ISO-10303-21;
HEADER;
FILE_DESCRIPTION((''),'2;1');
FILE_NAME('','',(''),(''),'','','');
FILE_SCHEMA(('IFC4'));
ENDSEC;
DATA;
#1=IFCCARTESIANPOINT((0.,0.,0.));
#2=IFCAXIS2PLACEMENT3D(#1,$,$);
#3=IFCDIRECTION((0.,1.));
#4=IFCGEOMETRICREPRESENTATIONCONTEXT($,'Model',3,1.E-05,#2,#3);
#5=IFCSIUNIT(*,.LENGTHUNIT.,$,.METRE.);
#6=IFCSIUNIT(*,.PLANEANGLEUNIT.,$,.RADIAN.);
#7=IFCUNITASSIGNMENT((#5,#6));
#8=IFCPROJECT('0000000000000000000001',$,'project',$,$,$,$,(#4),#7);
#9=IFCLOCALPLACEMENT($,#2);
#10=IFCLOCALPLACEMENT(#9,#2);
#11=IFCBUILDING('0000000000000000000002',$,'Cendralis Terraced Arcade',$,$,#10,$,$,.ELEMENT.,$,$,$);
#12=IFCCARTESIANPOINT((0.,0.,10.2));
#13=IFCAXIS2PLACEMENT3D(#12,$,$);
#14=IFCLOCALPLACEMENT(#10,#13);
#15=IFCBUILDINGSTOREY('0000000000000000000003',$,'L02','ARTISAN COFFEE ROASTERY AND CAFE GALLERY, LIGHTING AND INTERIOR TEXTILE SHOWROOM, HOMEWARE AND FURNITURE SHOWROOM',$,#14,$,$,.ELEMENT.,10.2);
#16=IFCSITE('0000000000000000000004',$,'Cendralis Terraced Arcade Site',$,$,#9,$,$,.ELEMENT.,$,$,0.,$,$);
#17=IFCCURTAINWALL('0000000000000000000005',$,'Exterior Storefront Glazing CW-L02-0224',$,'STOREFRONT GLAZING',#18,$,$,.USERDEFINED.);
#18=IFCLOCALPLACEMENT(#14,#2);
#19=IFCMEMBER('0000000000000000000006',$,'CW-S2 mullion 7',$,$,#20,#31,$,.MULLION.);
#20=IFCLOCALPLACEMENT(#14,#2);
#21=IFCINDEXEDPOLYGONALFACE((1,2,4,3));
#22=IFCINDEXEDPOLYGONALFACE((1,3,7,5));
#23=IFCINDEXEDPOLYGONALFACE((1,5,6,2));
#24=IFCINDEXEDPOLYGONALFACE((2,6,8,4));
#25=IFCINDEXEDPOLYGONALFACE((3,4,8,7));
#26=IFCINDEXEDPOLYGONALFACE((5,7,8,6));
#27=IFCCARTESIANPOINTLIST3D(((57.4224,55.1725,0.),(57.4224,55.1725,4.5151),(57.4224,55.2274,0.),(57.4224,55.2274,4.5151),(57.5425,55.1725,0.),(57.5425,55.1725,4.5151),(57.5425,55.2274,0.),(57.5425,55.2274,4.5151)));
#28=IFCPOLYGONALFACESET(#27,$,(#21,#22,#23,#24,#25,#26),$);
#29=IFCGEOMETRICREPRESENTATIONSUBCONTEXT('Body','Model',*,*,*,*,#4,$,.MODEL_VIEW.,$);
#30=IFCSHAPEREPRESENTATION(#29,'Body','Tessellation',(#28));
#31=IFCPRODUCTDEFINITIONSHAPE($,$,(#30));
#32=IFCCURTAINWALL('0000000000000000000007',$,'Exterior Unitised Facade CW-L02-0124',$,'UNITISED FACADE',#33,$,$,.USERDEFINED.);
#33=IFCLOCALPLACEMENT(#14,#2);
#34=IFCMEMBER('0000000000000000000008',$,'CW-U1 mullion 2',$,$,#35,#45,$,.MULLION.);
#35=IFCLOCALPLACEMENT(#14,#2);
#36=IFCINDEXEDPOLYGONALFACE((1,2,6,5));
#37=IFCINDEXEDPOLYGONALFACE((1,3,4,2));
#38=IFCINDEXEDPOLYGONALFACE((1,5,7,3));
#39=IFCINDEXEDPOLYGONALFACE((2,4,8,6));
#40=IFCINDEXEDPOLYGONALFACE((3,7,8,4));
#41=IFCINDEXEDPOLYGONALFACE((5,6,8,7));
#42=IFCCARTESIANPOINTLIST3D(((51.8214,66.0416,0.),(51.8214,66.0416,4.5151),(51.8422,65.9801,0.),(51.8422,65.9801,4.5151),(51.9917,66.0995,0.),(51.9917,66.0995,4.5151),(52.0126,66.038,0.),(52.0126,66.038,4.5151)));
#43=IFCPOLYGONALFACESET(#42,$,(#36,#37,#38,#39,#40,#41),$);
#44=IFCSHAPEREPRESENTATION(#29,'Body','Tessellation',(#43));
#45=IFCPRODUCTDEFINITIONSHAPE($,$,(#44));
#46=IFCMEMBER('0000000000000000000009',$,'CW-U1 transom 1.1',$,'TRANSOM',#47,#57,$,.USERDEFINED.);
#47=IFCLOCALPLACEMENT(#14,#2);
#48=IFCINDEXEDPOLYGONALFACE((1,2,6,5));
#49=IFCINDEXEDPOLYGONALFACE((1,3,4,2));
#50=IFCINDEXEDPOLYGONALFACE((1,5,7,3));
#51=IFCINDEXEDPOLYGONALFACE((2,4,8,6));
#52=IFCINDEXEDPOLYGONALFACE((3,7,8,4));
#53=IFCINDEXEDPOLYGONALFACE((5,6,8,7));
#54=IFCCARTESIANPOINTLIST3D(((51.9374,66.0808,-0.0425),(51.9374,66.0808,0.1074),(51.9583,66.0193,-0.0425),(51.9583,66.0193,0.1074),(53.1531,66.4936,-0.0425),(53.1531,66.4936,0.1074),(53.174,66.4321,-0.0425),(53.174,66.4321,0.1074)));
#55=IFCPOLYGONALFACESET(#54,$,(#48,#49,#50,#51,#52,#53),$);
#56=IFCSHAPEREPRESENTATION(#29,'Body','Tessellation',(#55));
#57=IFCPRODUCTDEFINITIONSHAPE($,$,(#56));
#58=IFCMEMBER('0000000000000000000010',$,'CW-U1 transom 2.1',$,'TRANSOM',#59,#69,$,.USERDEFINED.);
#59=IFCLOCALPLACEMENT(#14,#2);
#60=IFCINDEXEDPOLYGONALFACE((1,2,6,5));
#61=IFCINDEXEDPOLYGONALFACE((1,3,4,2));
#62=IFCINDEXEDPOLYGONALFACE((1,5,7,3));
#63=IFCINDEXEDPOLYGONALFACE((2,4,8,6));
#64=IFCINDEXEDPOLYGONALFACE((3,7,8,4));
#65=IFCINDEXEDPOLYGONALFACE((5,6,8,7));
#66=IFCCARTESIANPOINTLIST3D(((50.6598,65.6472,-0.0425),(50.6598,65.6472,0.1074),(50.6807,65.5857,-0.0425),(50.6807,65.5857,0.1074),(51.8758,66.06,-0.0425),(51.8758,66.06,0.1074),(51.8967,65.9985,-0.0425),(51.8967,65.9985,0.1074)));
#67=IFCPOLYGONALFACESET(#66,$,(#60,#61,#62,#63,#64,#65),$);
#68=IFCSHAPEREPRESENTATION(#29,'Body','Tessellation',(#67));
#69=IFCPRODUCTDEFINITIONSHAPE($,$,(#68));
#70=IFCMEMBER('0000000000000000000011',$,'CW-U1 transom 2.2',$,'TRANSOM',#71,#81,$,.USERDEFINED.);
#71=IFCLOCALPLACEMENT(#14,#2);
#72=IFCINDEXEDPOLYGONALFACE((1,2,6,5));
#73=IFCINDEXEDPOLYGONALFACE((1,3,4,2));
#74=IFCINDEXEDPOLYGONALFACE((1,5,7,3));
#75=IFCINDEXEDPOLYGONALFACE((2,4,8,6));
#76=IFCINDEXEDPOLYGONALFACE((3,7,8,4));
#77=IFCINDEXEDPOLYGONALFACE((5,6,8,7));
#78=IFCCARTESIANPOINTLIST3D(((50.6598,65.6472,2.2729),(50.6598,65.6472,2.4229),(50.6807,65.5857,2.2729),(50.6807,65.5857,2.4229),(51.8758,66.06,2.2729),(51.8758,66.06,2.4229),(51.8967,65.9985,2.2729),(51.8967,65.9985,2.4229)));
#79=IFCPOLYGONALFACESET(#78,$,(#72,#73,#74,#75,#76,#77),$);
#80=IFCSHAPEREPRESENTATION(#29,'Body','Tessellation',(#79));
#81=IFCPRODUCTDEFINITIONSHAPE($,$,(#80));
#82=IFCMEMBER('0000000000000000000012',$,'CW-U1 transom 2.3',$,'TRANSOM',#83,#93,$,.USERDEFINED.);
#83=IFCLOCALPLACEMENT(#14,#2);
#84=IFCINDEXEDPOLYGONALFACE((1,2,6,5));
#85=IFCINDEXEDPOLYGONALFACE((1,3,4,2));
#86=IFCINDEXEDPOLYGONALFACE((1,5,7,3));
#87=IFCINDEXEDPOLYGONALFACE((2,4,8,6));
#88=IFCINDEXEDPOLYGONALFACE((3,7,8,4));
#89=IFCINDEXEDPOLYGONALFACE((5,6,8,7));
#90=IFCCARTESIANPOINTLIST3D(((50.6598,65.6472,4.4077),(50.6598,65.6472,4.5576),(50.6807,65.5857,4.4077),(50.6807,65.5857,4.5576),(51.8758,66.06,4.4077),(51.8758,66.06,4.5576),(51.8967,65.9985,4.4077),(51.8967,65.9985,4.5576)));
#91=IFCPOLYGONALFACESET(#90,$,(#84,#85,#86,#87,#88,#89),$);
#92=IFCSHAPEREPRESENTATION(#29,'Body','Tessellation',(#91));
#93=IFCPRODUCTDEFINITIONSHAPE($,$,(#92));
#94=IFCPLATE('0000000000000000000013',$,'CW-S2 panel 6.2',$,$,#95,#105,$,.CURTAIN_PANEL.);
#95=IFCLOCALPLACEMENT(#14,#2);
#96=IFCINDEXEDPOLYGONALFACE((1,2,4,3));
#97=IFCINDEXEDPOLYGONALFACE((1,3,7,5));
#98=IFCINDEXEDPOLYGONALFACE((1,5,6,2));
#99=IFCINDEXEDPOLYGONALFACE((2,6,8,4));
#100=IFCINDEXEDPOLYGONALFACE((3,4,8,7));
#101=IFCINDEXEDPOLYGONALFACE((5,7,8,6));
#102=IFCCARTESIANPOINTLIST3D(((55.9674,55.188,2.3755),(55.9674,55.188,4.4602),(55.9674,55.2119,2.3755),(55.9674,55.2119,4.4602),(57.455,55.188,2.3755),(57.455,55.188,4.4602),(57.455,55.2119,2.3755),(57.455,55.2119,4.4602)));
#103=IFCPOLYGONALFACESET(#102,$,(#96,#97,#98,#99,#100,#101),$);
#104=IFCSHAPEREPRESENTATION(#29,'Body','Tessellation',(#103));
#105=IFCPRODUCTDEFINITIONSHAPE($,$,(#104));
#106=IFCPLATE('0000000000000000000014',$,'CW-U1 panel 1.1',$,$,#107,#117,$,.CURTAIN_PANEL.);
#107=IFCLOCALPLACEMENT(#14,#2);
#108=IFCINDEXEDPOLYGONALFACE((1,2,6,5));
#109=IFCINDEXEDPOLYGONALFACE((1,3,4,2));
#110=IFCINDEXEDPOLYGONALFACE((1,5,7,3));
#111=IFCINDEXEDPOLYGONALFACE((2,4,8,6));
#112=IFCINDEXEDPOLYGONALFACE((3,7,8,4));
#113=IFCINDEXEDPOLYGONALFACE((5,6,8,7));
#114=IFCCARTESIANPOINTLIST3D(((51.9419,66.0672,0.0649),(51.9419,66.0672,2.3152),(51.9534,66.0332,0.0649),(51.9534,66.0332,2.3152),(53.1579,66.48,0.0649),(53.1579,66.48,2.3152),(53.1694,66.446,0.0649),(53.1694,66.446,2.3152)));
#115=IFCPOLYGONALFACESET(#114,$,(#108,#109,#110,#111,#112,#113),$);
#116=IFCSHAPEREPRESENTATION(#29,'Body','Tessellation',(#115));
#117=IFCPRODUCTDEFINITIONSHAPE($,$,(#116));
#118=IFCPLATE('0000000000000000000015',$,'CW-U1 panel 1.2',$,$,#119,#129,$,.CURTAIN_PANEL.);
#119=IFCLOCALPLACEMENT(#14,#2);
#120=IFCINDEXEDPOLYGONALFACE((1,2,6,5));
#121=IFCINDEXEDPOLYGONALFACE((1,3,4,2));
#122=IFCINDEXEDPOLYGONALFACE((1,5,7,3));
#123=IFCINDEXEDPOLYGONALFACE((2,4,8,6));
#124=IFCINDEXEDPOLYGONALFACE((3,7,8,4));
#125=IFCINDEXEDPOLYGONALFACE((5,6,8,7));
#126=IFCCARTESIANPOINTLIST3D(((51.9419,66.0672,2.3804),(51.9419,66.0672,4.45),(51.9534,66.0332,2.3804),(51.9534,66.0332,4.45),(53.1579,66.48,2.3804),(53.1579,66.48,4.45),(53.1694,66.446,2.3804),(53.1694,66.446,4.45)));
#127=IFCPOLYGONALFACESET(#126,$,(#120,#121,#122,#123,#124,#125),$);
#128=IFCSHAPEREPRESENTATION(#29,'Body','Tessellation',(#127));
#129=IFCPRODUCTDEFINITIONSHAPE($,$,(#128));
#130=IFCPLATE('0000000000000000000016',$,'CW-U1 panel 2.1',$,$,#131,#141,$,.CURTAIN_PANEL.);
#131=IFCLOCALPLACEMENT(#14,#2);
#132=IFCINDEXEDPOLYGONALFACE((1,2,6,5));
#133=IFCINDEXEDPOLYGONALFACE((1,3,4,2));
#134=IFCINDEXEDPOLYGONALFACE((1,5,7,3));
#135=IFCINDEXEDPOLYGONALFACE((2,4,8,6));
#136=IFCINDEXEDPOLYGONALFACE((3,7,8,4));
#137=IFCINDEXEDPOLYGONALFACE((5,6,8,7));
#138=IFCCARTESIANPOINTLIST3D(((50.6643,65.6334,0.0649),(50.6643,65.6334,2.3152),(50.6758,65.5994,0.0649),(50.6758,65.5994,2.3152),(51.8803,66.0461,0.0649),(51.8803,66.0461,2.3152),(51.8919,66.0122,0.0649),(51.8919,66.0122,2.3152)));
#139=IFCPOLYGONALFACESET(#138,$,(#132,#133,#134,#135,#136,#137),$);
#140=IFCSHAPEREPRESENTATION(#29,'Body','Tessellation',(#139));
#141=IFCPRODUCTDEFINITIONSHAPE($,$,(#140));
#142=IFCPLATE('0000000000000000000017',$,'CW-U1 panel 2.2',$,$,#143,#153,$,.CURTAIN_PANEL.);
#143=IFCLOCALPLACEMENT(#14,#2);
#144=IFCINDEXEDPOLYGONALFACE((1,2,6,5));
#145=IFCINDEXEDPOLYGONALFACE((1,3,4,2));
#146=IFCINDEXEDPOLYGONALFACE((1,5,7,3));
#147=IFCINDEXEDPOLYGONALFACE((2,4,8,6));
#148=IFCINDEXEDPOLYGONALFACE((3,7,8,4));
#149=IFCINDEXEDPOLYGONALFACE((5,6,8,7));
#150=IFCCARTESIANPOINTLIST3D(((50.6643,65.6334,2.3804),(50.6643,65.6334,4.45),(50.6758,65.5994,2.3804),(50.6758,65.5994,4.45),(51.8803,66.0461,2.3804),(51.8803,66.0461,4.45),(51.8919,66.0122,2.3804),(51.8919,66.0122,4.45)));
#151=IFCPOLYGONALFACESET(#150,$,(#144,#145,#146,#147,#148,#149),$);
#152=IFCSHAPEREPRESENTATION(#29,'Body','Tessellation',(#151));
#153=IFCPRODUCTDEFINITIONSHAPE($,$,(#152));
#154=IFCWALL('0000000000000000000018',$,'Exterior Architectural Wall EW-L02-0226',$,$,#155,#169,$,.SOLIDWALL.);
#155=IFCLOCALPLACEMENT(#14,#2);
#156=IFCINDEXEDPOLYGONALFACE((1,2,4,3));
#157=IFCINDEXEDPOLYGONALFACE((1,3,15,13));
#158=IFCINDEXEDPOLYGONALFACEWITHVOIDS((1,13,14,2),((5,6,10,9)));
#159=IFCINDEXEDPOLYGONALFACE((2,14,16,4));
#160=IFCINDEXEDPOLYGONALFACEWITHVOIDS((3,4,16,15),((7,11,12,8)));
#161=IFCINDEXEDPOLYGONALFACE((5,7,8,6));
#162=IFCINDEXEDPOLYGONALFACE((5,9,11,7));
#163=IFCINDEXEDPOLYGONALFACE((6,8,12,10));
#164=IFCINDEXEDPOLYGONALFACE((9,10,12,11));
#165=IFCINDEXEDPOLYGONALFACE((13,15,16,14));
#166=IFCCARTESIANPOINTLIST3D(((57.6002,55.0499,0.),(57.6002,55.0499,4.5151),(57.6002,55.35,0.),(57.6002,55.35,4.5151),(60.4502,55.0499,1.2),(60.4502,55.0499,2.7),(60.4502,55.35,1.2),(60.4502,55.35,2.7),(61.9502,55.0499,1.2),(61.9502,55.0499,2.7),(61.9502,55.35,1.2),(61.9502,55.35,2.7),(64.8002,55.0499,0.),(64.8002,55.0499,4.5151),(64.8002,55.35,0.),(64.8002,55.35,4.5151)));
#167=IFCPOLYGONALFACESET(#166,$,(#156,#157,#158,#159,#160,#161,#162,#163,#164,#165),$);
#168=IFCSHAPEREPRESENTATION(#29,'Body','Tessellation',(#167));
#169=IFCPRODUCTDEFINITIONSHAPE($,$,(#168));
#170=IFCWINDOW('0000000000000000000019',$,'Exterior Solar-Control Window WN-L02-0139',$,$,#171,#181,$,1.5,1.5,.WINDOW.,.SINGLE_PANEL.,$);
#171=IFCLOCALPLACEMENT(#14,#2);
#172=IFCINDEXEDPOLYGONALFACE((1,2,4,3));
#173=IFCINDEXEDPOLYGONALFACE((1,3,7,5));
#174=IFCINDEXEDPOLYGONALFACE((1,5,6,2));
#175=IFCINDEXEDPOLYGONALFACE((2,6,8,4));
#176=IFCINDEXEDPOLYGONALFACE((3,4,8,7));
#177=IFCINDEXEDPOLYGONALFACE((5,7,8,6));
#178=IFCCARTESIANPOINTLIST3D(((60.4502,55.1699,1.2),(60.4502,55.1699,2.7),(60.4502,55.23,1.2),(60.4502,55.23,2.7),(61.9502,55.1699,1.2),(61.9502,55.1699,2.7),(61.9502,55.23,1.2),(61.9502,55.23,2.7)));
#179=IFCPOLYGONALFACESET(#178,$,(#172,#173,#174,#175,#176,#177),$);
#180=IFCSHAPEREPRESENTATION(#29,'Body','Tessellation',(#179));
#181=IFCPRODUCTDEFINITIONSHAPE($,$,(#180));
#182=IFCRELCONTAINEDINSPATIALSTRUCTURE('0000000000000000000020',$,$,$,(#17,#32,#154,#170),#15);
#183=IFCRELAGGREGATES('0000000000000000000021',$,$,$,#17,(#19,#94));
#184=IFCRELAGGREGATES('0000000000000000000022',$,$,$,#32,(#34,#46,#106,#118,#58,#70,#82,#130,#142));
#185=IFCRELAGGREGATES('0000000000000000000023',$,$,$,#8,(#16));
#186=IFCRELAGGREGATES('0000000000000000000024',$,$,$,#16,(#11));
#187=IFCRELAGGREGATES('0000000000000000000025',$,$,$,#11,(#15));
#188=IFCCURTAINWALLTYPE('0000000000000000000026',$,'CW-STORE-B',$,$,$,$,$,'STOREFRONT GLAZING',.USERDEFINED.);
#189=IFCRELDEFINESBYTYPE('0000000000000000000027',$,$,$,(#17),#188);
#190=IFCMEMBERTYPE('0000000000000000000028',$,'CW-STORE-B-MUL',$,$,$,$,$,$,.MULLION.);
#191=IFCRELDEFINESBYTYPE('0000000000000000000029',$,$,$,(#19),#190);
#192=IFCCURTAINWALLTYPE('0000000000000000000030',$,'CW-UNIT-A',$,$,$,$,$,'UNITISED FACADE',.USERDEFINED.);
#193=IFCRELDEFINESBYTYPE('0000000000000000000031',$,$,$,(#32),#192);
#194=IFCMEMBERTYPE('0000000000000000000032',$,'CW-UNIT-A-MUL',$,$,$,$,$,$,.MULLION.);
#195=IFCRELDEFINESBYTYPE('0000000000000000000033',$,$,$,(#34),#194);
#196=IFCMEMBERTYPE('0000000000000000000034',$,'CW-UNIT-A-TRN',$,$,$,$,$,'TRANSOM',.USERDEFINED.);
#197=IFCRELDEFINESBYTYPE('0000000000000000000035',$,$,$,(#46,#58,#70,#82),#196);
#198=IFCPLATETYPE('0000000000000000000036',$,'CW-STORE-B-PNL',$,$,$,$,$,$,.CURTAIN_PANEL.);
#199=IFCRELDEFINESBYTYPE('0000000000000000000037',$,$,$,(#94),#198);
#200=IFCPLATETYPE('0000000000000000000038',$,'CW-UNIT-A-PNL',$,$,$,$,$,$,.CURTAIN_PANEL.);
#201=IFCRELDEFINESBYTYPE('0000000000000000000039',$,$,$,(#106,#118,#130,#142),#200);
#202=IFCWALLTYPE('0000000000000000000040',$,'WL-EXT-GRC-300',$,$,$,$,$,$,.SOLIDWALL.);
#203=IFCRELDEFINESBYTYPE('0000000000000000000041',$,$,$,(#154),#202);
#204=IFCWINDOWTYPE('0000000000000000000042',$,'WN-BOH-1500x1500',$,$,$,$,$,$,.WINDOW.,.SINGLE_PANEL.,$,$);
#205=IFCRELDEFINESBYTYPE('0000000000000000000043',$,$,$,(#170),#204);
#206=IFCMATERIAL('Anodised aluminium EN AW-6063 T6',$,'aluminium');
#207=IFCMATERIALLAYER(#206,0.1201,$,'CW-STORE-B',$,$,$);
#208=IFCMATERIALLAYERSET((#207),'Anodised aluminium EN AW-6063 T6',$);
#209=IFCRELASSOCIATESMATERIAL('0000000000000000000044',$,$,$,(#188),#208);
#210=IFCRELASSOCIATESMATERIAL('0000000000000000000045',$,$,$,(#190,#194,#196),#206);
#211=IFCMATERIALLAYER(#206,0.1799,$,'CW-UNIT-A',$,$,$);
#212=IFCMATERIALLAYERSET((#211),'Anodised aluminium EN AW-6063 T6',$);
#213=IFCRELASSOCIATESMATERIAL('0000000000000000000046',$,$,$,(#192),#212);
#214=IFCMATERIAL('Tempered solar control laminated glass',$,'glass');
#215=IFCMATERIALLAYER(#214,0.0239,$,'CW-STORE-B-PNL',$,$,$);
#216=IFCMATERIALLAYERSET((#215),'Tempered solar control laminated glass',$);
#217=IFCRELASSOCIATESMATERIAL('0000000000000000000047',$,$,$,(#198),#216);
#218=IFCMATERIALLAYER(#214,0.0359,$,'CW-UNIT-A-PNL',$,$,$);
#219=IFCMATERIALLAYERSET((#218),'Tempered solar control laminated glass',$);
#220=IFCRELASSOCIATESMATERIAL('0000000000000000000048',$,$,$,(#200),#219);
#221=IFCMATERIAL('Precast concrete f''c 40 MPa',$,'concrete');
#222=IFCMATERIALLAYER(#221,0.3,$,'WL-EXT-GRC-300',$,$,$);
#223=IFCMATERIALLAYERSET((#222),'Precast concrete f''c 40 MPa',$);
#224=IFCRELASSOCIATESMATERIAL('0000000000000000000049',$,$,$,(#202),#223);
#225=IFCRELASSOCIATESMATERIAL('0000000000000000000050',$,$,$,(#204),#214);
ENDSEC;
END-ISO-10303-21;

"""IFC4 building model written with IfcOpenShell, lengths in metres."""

from ifc_helpers import new_model, si_unit, direction, frame, frame_2d, origin, origin_2d, place, context, subcontext, project, spatial, rectangle, extrude, material, layer, layer_set, material_profile, profile_set, type_object, element, fill, aggregate, save


model = new_model("IFC4")

# Units and contexts
model_context = context("Model", 3, precision=1e-05, world=origin(), true_north=direction((0.0, 1.0)))
body_context = subcontext(model_context, "Body", "Model", "MODEL_VIEW")
ifc_project = project(units=[si_unit("LENGTHUNIT", "METRE"), si_unit("PLANEANGLEUNIT", "RADIAN")], contexts=[model_context])

# Site, building, storey
site_placement = place(None, origin())
site = spatial("IfcSite", under=ifc_project, at=site_placement, Name="Cendralis Terraced Arcade Site", CompositionType="ELEMENT", RefElevation=0.0)
building_placement = place(site_placement, origin())
building = spatial("IfcBuilding", under=site, at=building_placement, Name="Cendralis Terraced Arcade", CompositionType="ELEMENT")
storey_placement = place(building_placement, frame((0.0, 0.0, 10.2)))
storey = spatial("IfcBuildingStorey", under=building, at=storey_placement, Name="L02", Description="ARTISAN COFFEE ROASTERY AND CAFE GALLERY, LIGHTING AND INTERIOR TEXTILE SHOWROOM, HOMEWARE AND FURNITURE SHOWROOM", CompositionType="ELEMENT", Elevation=10.2)

# Curtain wall, member
ifc_material_1 = material(Name="Anodised aluminium EN AW-6063 T6", Category="aluminium")
ifc_layer_1 = layer(ifc_material_1, 0.1201, Name="CW-STORE-B")
ifc_layer_set_1 = layer_set([ifc_layer_1], Name="Anodised aluminium EN AW-6063 T6")
curtain_wall_type_1 = type_object("IfcCurtainWallType", Name="CW-STORE-B", ElementType="STOREFRONT GLAZING", PredefinedType="USERDEFINED", material=ifc_layer_set_1)
curtain_wall_1_placement = place(storey_placement, origin())
curtain_wall_1 = element("IfcCurtainWall", 1, at=curtain_wall_1_placement, inside=storey, type_object=curtain_wall_type_1, Name="Exterior Storefront Glazing CW-L02-0224", ObjectType="STOREFRONT GLAZING", PredefinedType="USERDEFINED")
ifc_material_profile_1 = material_profile(ifc_material_1, rectangle(XDim=0.0549, YDim=0.1201, at=origin_2d()), Name="ALU-MUL-55x120")
ifc_profile_set_1 = profile_set([ifc_material_profile_1], Name="Anodised aluminium EN AW-6063 T6")
member_type_1 = type_object("IfcMemberType", Name="CW-STORE-B-MUL", PredefinedType="MULLION", material=ifc_profile_set_1)
member_1_placement = place(storey_placement, frame((57.4824, 55.2, 0.0), z_axis=(0.0, 0.0, 1.0), x_axis=(0.0, 1.0, 0.0)))
member_1 = element("IfcMember", 2, at=member_1_placement, type_object=member_type_1, Name="CW-S2 mullion 7", PredefinedType="MULLION", context=body_context, shape_type="SweptSolid", body=[
    extrude(rectangle(XDim=0.0549, YDim=0.1201, at=origin_2d()), origin(), (0.0, 0.0, 1.0), 4.5151),
])

# Curtain wall, members
ifc_layer_2 = layer(ifc_material_1, 0.1799, Name="CW-UNIT-A")
ifc_layer_set_2 = layer_set([ifc_layer_2], Name="Anodised aluminium EN AW-6063 T6")
curtain_wall_type_2 = type_object("IfcCurtainWallType", Name="CW-UNIT-A", ElementType="UNITISED FACADE", PredefinedType="USERDEFINED", material=ifc_layer_set_2)
curtain_wall_2_placement = place(storey_placement, origin())
curtain_wall_2 = element("IfcCurtainWall", 3, at=curtain_wall_2_placement, inside=storey, type_object=curtain_wall_type_2, Name="Exterior Unitised Facade CW-L02-0124", ObjectType="UNITISED FACADE", PredefinedType="USERDEFINED")
ifc_material_profile_2 = material_profile(ifc_material_1, rectangle(XDim=0.0649, YDim=0.1799, at=origin_2d()), Name="ALU-MUL-65x180")
ifc_profile_set_2 = profile_set([ifc_material_profile_2], Name="Anodised aluminium EN AW-6063 T6")
member_type_2 = type_object("IfcMemberType", Name="CW-UNIT-A-MUL", PredefinedType="MULLION", material=ifc_profile_set_2)
member_2_placement = place(storey_placement, frame((51.917, 66.0398, 0.0), z_axis=(0.0, 0.0, 1.0), x_axis=(0.321434, -0.946932, 0.0)))
member_2 = element("IfcMember", 4, at=member_2_placement, type_object=member_type_2, Name="CW-U1 mullion 2", PredefinedType="MULLION", context=body_context, shape_type="SweptSolid", body=[
    extrude(rectangle(XDim=0.0649, YDim=0.1799, at=origin_2d()), origin(), (0.0, 0.0, 1.0), 4.5151),
])
ifc_material_profile_3 = material_profile(ifc_material_1, rectangle(XDim=0.0649, YDim=0.1499, at=origin_2d()), Name="ALU-TRN-65x150")
ifc_profile_set_3 = profile_set([ifc_material_profile_3], Name="Anodised aluminium EN AW-6063 T6")
member_type_3 = type_object("IfcMemberType", Name="CW-UNIT-A-TRN", ElementType="TRANSOM", PredefinedType="USERDEFINED", material=ifc_profile_set_3)
member_3_placement = place(storey_placement, frame((53.1636, 66.4629, 0.0325), z_axis=(-0.9469, -0.321528, 0.0), x_axis=(0.321528, -0.9469, 0.0)))
member_3 = element("IfcMember", 5, at=member_3_placement, type_object=member_type_3, Name="CW-U1 transom 1.1", ObjectType="TRANSOM", PredefinedType="USERDEFINED", context=body_context, shape_type="SweptSolid", body=[
    extrude(rectangle(XDim=0.0649, YDim=0.1499, at=origin_2d()), origin(), (0.0, 0.0, 1.0), 1.2839),
])
member_4_placement = place(storey_placement, frame((51.8862, 66.0293, 0.0325), z_axis=(-0.94692, -0.32147, 0.0), x_axis=(0.32147, -0.94692, 0.0)))
member_4 = element("IfcMember", 6, at=member_4_placement, type_object=member_type_3, Name="CW-U1 transom 2.1", ObjectType="TRANSOM", PredefinedType="USERDEFINED", context=body_context, shape_type="SweptSolid", body=[
    extrude(rectangle(XDim=0.0649, YDim=0.1499, at=origin_2d()), origin(), (0.0, 0.0, 1.0), 1.2842),
])
member_5_placement = place(storey_placement, frame((51.8862, 66.0293, 2.3479), z_axis=(-0.94692, -0.32147, 0.0), x_axis=(0.32147, -0.94692, 0.0)))
member_5 = element("IfcMember", 7, at=member_5_placement, type_object=member_type_3, Name="CW-U1 transom 2.2", ObjectType="TRANSOM", PredefinedType="USERDEFINED", context=body_context, shape_type="SweptSolid", body=[
    extrude(rectangle(XDim=0.0649, YDim=0.1499, at=origin_2d()), origin(), (0.0, 0.0, 1.0), 1.2842),
])
member_6_placement = place(storey_placement, frame((51.8862, 66.0293, 4.4827), z_axis=(-0.94692, -0.32147, 0.0), x_axis=(0.32147, -0.94692, 0.0)))
member_6 = element("IfcMember", 8, at=member_6_placement, type_object=member_type_3, Name="CW-U1 transom 2.3", ObjectType="TRANSOM", PredefinedType="USERDEFINED", context=body_context, shape_type="SweptSolid", body=[
    extrude(rectangle(XDim=0.0649, YDim=0.1499, at=origin_2d()), origin(), (0.0, 0.0, 1.0), 1.2842),
])

# Plates
ifc_material_2 = material(Name="Tempered solar control laminated glass", Category="glass")
ifc_layer_3 = layer(ifc_material_2, 0.0239, Name="CW-STORE-B-PNL")
ifc_layer_set_3 = layer_set([ifc_layer_3], Name="Tempered solar control laminated glass")
plate_type_1 = type_object("IfcPlateType", Name="CW-STORE-B-PNL", PredefinedType="CURTAIN_PANEL", material=ifc_layer_set_3)
plate_1_placement = place(storey_placement, frame((56.7112, 55.2, 2.3755), z_axis=(0.0, 0.0, 1.0), x_axis=(1.0, 0.0, 0.0)))
plate_1 = element("IfcPlate", 9, at=plate_1_placement, type_object=plate_type_1, Name="CW-S2 panel 6.2", PredefinedType="CURTAIN_PANEL", context=body_context, shape_type="SweptSolid", body=[
    extrude(rectangle(XDim=1.4875, YDim=0.0239, at=origin_2d()), origin(), (0.0, 0.0, 1.0), 2.0847),
])
aggregate(curtain_wall_1, [member_1, plate_1])
ifc_layer_4 = layer(ifc_material_2, 0.0359, Name="CW-UNIT-A-PNL")
ifc_layer_set_4 = layer_set([ifc_layer_4], Name="Tempered solar control laminated glass")
plate_type_2 = type_object("IfcPlateType", Name="CW-UNIT-A-PNL", PredefinedType="CURTAIN_PANEL", material=ifc_layer_set_4)
plate_2_placement = place(storey_placement, frame((52.5557, 66.2566, 0.0649), z_axis=(0.0, 0.0, 1.0), x_axis=(-0.946932, -0.321434, 0.0)))
plate_2 = element("IfcPlate", 10, at=plate_2_placement, type_object=plate_type_2, Name="CW-U1 panel 1.1", PredefinedType="CURTAIN_PANEL", context=body_context, shape_type="SweptSolid", body=[
    extrude(rectangle(XDim=1.2842, YDim=0.0359, at=origin_2d()), origin(), (0.0, 0.0, 1.0), 2.2502),
])
plate_3_placement = place(storey_placement, frame((52.5557, 66.2566, 2.3804), z_axis=(0.0, 0.0, 1.0), x_axis=(-0.946932, -0.321434, 0.0)))
plate_3 = element("IfcPlate", 11, at=plate_3_placement, type_object=plate_type_2, Name="CW-U1 panel 1.2", PredefinedType="CURTAIN_PANEL", context=body_context, shape_type="SweptSolid", body=[
    extrude(rectangle(XDim=1.2842, YDim=0.0359, at=origin_2d()), origin(), (0.0, 0.0, 1.0), 2.0696),
])
plate_4_placement = place(storey_placement, frame((51.2781, 65.8228, 0.0649), z_axis=(0.0, 0.0, 1.0), x_axis=(-0.946932, -0.321434, 0.0)))
plate_4 = element("IfcPlate", 12, at=plate_4_placement, type_object=plate_type_2, Name="CW-U1 panel 2.1", PredefinedType="CURTAIN_PANEL", context=body_context, shape_type="SweptSolid", body=[
    extrude(rectangle(XDim=1.2842, YDim=0.0359, at=origin_2d()), origin(), (0.0, 0.0, 1.0), 2.2502),
])
plate_5_placement = place(storey_placement, frame((51.2781, 65.8228, 2.3804), z_axis=(0.0, 0.0, 1.0), x_axis=(-0.946932, -0.321434, 0.0)))
plate_5 = element("IfcPlate", 13, at=plate_5_placement, type_object=plate_type_2, Name="CW-U1 panel 2.2", PredefinedType="CURTAIN_PANEL", context=body_context, shape_type="SweptSolid", body=[
    extrude(rectangle(XDim=1.2842, YDim=0.0359, at=origin_2d()), origin(), (0.0, 0.0, 1.0), 2.0696),
])
aggregate(curtain_wall_2, [member_2, member_3, plate_2, plate_3, member_4, member_5, member_6, plate_4, plate_5])

# Wall, opening, window
ifc_material_3 = material(Name="Precast concrete f'c 40 MPa", Category="concrete")
ifc_layer_5 = layer(ifc_material_3, 0.3, Name="WL-EXT-GRC-300")
ifc_layer_set_5 = layer_set([ifc_layer_5], Name="Precast concrete f'c 40 MPa")
wall_type_1 = type_object("IfcWallType", Name="WL-EXT-GRC-300", PredefinedType="SOLIDWALL", material=ifc_layer_set_5)
wall_1_placement = place(storey_placement, frame((57.6001, 55.2, 0.0), z_axis=(0.0, 0.0, 1.0), x_axis=(1.0, 0.0, 0.0)))
wall_1 = element("IfcWall", 14, at=wall_1_placement, inside=storey, type_object=wall_type_1, Name="Exterior Architectural Wall EW-L02-0226", PredefinedType="SOLIDWALL", context=body_context, shape_type="SweptSolid", body=[
    extrude(rectangle(XDim=7.2, YDim=0.3, at=frame_2d((3.6001, 0.0))), origin(), (0.0, 0.0, 1.0), 4.5151),
])
opening_placement = place(wall_1_placement, frame((2.8501, 0.0, 1.2)))
opening = element("IfcOpeningElement", 15, at=opening_placement, cuts=wall_1, PredefinedType="OPENING", context=body_context, shape_type="SweptSolid", body=[
    extrude(rectangle(XDim=1.5, YDim=1.5, at=frame_2d((0.75, 0.75))), frame((0.0, 0.1621, 0.0), z_axis=(0.0, -1.0, 0.0), x_axis=(1.0, 0.0, 0.0)), (0.0, 0.0, 1.0), 0.324),
])
window_type = type_object("IfcWindowType", Name="WN-BOH-1500x1500", PartitioningType="SINGLE_PANEL", PredefinedType="WINDOW", material=ifc_material_2)
window_placement = place(opening_placement, origin())
window = element("IfcWindow", 16, at=window_placement, inside=storey, type_object=window_type, Name="Exterior Solar-Control Window WN-L02-0139", OverallHeight=1.5, OverallWidth=1.5, PartitioningType="SINGLE_PANEL", PredefinedType="WINDOW", context=body_context, shape_type="SweptSolid", body=[
    extrude(rectangle(XDim=1.5, YDim=1.5, at=frame_2d((0.75, 0.75))), frame((0.0, 0.03, 0.0), z_axis=(0.0, -1.0, 0.0), x_axis=(1.0, 0.0, 0.0)), (0.0, 0.0, 1.0), 0.0601),
])
fill(opening, window)

save(model, "model.ifc")
